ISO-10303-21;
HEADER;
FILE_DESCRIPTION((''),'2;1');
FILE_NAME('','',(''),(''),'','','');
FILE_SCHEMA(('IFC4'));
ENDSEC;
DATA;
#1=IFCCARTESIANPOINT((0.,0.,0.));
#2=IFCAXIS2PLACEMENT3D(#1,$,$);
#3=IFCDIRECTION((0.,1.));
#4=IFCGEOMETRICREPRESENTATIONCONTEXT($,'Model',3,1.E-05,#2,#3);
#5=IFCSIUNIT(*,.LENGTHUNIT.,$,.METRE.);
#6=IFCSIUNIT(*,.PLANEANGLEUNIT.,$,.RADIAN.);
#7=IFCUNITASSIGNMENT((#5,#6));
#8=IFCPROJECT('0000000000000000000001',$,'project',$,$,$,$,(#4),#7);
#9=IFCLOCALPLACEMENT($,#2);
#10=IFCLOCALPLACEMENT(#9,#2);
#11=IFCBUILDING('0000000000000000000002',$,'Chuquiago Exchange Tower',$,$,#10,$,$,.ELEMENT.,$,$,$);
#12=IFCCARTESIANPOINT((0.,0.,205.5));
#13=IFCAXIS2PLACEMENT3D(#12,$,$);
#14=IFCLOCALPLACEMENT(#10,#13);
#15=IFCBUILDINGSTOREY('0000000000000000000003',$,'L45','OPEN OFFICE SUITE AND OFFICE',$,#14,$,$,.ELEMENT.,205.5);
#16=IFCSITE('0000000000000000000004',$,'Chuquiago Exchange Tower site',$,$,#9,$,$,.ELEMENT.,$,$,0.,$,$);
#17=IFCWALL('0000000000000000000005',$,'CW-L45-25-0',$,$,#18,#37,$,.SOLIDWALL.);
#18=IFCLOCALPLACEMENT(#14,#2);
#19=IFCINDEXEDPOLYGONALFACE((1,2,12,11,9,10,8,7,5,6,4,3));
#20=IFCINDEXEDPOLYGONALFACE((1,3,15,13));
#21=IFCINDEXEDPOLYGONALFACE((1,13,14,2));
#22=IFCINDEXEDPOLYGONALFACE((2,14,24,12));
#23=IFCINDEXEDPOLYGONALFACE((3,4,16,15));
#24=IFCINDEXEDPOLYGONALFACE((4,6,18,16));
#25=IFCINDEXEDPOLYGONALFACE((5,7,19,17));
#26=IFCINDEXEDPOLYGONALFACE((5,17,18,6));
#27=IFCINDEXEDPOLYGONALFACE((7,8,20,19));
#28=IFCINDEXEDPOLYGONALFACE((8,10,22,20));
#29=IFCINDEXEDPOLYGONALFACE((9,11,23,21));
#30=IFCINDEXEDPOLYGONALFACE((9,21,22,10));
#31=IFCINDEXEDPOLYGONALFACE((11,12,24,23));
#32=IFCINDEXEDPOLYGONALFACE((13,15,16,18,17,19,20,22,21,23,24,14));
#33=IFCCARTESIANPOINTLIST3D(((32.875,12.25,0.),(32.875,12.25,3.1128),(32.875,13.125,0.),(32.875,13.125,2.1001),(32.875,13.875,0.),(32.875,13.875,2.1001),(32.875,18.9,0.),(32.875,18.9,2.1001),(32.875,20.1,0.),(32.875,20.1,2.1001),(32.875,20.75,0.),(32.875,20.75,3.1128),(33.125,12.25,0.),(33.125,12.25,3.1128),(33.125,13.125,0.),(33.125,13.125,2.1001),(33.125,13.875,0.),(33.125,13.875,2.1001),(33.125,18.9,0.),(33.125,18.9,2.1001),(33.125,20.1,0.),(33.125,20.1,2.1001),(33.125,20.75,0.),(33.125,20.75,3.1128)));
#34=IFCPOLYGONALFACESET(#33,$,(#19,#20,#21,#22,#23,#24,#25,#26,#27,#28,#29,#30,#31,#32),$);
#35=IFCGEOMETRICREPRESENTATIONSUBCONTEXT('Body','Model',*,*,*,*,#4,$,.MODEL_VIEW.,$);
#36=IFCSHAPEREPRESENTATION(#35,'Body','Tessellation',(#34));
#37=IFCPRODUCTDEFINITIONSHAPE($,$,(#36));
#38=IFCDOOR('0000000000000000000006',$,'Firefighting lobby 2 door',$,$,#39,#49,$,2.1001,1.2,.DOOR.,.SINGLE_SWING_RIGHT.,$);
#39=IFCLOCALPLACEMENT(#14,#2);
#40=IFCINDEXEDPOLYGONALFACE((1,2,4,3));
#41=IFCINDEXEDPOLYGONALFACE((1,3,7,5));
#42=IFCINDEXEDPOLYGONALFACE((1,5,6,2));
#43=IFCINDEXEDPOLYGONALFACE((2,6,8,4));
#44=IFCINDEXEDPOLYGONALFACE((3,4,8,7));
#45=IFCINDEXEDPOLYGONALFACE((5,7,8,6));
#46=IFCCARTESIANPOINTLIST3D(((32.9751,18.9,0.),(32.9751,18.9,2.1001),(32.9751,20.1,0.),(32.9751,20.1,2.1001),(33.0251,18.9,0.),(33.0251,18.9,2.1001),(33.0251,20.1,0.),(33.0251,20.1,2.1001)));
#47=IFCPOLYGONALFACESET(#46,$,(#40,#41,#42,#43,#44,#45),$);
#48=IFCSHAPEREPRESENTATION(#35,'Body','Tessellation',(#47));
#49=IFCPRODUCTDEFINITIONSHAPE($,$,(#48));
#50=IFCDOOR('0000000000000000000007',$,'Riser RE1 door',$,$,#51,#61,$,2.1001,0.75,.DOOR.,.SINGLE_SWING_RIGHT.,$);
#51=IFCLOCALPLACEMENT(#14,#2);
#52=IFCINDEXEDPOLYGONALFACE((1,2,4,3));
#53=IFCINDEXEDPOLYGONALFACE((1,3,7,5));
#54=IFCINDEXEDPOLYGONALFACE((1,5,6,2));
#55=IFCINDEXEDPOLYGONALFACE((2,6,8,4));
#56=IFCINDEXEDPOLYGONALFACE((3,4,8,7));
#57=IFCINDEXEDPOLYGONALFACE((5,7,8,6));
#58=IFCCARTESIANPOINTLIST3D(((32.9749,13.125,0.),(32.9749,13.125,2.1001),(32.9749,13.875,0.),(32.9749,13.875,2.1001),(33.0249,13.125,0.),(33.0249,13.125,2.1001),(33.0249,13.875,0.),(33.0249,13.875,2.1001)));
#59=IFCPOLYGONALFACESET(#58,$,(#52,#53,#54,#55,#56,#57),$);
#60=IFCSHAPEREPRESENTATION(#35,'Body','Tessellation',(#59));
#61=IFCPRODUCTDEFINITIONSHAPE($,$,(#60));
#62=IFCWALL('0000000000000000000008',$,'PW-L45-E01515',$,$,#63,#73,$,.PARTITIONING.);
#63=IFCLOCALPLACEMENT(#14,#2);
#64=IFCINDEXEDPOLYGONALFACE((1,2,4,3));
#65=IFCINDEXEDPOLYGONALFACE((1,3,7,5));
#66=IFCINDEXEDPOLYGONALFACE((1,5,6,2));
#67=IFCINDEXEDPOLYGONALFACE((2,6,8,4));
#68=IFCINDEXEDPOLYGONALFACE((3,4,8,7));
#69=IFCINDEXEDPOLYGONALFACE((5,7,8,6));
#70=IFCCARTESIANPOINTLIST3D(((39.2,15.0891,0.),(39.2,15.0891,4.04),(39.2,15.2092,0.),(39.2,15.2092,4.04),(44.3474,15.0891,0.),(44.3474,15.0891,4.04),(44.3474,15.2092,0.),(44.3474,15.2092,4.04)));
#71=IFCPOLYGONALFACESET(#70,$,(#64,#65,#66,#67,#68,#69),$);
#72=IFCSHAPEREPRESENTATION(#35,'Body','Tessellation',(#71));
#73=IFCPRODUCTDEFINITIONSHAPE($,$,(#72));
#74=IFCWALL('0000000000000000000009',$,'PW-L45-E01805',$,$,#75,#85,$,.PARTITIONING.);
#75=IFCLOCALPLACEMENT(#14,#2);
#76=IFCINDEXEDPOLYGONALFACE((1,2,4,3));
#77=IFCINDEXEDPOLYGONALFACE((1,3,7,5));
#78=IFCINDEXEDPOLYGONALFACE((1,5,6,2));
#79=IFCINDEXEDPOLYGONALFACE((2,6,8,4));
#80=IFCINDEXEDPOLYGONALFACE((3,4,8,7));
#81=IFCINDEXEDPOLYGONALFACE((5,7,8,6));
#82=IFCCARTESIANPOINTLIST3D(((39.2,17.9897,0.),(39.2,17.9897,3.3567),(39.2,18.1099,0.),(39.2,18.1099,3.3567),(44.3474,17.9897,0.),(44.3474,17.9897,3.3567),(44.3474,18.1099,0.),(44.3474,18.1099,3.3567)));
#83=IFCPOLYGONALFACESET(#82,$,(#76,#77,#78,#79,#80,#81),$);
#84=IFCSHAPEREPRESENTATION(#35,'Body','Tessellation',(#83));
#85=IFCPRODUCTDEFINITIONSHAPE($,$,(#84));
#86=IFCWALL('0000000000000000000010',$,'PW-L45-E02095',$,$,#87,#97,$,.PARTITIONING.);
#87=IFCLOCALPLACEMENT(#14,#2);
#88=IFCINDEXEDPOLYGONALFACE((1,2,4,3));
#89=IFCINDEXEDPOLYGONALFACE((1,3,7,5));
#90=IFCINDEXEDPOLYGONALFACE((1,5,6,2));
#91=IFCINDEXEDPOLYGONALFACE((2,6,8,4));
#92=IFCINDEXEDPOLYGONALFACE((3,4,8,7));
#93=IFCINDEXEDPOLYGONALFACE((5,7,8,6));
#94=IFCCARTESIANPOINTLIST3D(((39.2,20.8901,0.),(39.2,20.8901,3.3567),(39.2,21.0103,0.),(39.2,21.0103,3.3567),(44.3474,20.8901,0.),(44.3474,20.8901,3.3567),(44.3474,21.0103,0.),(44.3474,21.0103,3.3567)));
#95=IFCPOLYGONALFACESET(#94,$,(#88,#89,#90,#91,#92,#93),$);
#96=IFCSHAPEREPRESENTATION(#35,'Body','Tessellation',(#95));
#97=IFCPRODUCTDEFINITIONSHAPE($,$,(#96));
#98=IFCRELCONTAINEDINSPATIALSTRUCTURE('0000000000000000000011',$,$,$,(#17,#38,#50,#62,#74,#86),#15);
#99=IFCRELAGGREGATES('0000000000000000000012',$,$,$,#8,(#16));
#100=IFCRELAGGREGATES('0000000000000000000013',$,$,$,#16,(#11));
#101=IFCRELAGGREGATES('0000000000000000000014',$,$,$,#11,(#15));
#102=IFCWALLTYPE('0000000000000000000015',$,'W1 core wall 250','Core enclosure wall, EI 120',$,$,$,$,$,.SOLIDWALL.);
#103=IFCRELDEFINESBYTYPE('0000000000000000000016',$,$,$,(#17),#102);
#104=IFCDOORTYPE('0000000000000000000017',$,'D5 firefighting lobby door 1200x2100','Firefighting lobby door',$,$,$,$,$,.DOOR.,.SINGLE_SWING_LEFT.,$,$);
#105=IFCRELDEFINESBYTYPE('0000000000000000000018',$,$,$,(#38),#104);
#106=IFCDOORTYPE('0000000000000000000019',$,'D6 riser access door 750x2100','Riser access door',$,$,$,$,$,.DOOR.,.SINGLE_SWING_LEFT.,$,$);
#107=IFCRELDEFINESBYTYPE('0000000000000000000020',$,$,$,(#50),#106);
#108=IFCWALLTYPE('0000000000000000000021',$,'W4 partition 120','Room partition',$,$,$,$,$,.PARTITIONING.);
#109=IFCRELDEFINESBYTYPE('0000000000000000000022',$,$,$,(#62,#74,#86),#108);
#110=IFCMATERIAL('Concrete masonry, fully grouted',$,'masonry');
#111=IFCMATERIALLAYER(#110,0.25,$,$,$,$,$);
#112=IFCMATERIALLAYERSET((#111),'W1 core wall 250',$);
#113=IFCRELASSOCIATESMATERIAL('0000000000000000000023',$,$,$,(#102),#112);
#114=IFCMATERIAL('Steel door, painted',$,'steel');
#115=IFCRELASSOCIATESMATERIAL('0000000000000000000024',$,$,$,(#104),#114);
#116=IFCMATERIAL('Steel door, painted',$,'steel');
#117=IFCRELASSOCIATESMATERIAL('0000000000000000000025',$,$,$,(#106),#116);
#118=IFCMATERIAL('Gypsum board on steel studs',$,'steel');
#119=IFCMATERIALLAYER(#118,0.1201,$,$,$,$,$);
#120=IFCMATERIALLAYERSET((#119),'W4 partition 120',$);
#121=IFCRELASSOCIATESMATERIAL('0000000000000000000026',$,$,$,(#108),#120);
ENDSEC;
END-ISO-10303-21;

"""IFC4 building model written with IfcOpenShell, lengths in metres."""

from ifc_helpers import new_model, si_unit, direction, frame, frame_2d, origin, place, context, subcontext, project, spatial, rectangle, extrude, material, layer, layer_set, type_object, element, fill, save


model = new_model("IFC4")

# Units and contexts
model_context = context("Model", 3, precision=1e-05, world=origin(), true_north=direction((0.0, 1.0)))
body_context = subcontext(model_context, "Body", "Model", "MODEL_VIEW")
ifc_project = project(units=[si_unit("LENGTHUNIT", "METRE"), si_unit("PLANEANGLEUNIT", "RADIAN")], contexts=[model_context])

# Site, building, storey
site_placement = place(None, origin())
site = spatial("IfcSite", under=ifc_project, at=site_placement, Name="Chuquiago Exchange Tower site", CompositionType="ELEMENT", RefElevation=0.0)
building_placement = place(site_placement, origin())
building = spatial("IfcBuilding", under=site, at=building_placement, Name="Chuquiago Exchange Tower", CompositionType="ELEMENT")
storey_placement = place(building_placement, frame((0.0, 0.0, 205.5)))
storey = spatial("IfcBuildingStorey", under=building, at=storey_placement, Name="L45", Description="OPEN OFFICE SUITE AND OFFICE", CompositionType="ELEMENT", Elevation=205.5)

# Wall, openings, doors
ifc_material_1 = material(Name="Concrete masonry, fully grouted", Category="masonry")
ifc_layer_1 = layer(ifc_material_1, 0.25)
ifc_layer_set_1 = layer_set([ifc_layer_1], Name="W1 core wall 250")
wall_type_1 = type_object("IfcWallType", Name="W1 core wall 250", Description="Core enclosure wall, EI 120", PredefinedType="SOLIDWALL", material=ifc_layer_set_1)
wall_1_placement = place(storey_placement, frame((33.0, 12.25, 0.0), z_axis=(0.0, 0.0, 1.0), x_axis=(0.0, 1.0, 0.0)))
wall_1 = element("IfcWall", 1, at=wall_1_placement, inside=storey, type_object=wall_type_1, Name="CW-L45-25-0", PredefinedType="SOLIDWALL", context=body_context, shape_type="SweptSolid", body=[
    extrude(rectangle(XDim=8.5, YDim=0.25, at=frame_2d((4.25, 0.0))), origin(), (0.0, 0.0, 1.0), 3.1128),
])
opening_1_placement = place(wall_1_placement, frame((6.6499, 0.0, 0.0)))
opening_1 = element("IfcOpeningElement", 2, at=opening_1_placement, cuts=wall_1, PredefinedType="OPENING", context=body_context, shape_type="SweptSolid", body=[
    extrude(rectangle(XDim=1.2, YDim=2.1001, at=frame_2d((0.6001, 1.05))), frame((0.0, 0.135, 0.0), z_axis=(0.0, -1.0, 0.0), x_axis=(1.0, 0.0, 0.0)), (0.0, 0.0, 1.0), 0.27),
])
opening_2_placement = place(wall_1_placement, frame((0.875, 0.0, 0.0)))
opening_2 = element("IfcOpeningElement", 3, at=opening_2_placement, cuts=wall_1, PredefinedType="OPENING", context=body_context, shape_type="SweptSolid", body=[
    extrude(rectangle(XDim=0.75, YDim=2.1001, at=frame_2d((0.375, 1.05))), frame((0.0, 0.135, 0.0), z_axis=(0.0, -1.0, 0.0), x_axis=(1.0, 0.0, 0.0)), (0.0, 0.0, 1.0), 0.27),
])
ifc_material_2 = material(Name="Steel door, painted", Category="steel")
door_type_1 = type_object("IfcDoorType", Name="D5 firefighting lobby door 1200x2100", Description="Firefighting lobby door", OperationType="SINGLE_SWING_LEFT", PredefinedType="DOOR", material=ifc_material_2)
door_1_placement = place(opening_1_placement, origin())
door_1 = element("IfcDoor", 4, at=door_1_placement, inside=storey, type_object=door_type_1, Name="Firefighting lobby 2 door", OperationType="SINGLE_SWING_RIGHT", OverallHeight=2.1001, OverallWidth=1.2, PredefinedType="DOOR", context=body_context, shape_type="SweptSolid", body=[
    extrude(rectangle(XDim=1.2, YDim=2.1001, at=frame_2d((0.6001, 1.05))), frame((0.0, 0.0249, 0.0), z_axis=(0.0, -1.0, 0.0), x_axis=(1.0, 0.0, 0.0)), (0.0, 0.0, 1.0), 0.05),
])
fill(opening_1, door_1)
ifc_material_3 = material(Name="Steel door, painted", Category="steel")
door_type_2 = type_object("IfcDoorType", Name="D6 riser access door 750x2100", Description="Riser access door", OperationType="SINGLE_SWING_LEFT", PredefinedType="DOOR", material=ifc_material_3)
door_2_placement = place(opening_2_placement, frame((0.75, 0.0, 0.0), z_axis=(0.0, 0.0, 1.0), x_axis=(-1.0, 0.0, 0.0)))
door_2 = element("IfcDoor", 5, at=door_2_placement, inside=storey, type_object=door_type_2, Name="Riser RE1 door", OperationType="SINGLE_SWING_RIGHT", OverallHeight=2.1001, OverallWidth=0.75, PredefinedType="DOOR", context=body_context, shape_type="SweptSolid", body=[
    extrude(rectangle(XDim=0.75, YDim=2.1001, at=frame_2d((0.375, 1.05))), frame((0.0, 0.0249, 0.0), z_axis=(0.0, -1.0, 0.0), x_axis=(1.0, 0.0, 0.0)), (0.0, 0.0, 1.0), 0.05),
])
fill(opening_2, door_2)

# Walls
ifc_material_4 = material(Name="Gypsum board on steel studs", Category="steel")
ifc_layer_2 = layer(ifc_material_4, 0.1201)
ifc_layer_set_2 = layer_set([ifc_layer_2], Name="W4 partition 120")
wall_type_2 = type_object("IfcWallType", Name="W4 partition 120", Description="Room partition", PredefinedType="PARTITIONING", material=ifc_layer_set_2)
wall_2_placement = place(storey_placement, frame((44.3474, 15.1492, 0.0), z_axis=(0.0, 0.0, 1.0), x_axis=(-1.0, 0.0, 0.0)))
element("IfcWall", 6, at=wall_2_placement, inside=storey, type_object=wall_type_2, Name="PW-L45-E01515", PredefinedType="PARTITIONING", context=body_context, shape_type="SweptSolid", body=[
    extrude(rectangle(XDim=5.1475, YDim=0.1201, at=frame_2d((2.5737, 0.0))), origin(), (0.0, 0.0, 1.0), 4.04),
])
for number, where, z_axis, x_axis, name in (
    (7, (44.3474, 18.0498, 0.0), (0.0, 0.0, 1.0), (-1.0, 0.0, 0.0), "PW-L45-E01805"),
    (8, (44.3474, 20.9502, 0.0), (0.0, 0.0, 1.0), (-1.0, 0.0, 0.0), "PW-L45-E02095"),
):
    element("IfcWall", number, at=place(storey_placement, frame(where, z_axis=z_axis, x_axis=x_axis)), inside=storey, type_object=wall_type_2, Name=name, PredefinedType="PARTITIONING", context=body_context, shape_type="SweptSolid", body=[
        extrude(rectangle(XDim=5.1475, YDim=0.1201, at=frame_2d((2.5737, 0.0))), origin(), (0.0, 0.0, 1.0), 3.3567),
    ])

save(model, "model.ifc")
